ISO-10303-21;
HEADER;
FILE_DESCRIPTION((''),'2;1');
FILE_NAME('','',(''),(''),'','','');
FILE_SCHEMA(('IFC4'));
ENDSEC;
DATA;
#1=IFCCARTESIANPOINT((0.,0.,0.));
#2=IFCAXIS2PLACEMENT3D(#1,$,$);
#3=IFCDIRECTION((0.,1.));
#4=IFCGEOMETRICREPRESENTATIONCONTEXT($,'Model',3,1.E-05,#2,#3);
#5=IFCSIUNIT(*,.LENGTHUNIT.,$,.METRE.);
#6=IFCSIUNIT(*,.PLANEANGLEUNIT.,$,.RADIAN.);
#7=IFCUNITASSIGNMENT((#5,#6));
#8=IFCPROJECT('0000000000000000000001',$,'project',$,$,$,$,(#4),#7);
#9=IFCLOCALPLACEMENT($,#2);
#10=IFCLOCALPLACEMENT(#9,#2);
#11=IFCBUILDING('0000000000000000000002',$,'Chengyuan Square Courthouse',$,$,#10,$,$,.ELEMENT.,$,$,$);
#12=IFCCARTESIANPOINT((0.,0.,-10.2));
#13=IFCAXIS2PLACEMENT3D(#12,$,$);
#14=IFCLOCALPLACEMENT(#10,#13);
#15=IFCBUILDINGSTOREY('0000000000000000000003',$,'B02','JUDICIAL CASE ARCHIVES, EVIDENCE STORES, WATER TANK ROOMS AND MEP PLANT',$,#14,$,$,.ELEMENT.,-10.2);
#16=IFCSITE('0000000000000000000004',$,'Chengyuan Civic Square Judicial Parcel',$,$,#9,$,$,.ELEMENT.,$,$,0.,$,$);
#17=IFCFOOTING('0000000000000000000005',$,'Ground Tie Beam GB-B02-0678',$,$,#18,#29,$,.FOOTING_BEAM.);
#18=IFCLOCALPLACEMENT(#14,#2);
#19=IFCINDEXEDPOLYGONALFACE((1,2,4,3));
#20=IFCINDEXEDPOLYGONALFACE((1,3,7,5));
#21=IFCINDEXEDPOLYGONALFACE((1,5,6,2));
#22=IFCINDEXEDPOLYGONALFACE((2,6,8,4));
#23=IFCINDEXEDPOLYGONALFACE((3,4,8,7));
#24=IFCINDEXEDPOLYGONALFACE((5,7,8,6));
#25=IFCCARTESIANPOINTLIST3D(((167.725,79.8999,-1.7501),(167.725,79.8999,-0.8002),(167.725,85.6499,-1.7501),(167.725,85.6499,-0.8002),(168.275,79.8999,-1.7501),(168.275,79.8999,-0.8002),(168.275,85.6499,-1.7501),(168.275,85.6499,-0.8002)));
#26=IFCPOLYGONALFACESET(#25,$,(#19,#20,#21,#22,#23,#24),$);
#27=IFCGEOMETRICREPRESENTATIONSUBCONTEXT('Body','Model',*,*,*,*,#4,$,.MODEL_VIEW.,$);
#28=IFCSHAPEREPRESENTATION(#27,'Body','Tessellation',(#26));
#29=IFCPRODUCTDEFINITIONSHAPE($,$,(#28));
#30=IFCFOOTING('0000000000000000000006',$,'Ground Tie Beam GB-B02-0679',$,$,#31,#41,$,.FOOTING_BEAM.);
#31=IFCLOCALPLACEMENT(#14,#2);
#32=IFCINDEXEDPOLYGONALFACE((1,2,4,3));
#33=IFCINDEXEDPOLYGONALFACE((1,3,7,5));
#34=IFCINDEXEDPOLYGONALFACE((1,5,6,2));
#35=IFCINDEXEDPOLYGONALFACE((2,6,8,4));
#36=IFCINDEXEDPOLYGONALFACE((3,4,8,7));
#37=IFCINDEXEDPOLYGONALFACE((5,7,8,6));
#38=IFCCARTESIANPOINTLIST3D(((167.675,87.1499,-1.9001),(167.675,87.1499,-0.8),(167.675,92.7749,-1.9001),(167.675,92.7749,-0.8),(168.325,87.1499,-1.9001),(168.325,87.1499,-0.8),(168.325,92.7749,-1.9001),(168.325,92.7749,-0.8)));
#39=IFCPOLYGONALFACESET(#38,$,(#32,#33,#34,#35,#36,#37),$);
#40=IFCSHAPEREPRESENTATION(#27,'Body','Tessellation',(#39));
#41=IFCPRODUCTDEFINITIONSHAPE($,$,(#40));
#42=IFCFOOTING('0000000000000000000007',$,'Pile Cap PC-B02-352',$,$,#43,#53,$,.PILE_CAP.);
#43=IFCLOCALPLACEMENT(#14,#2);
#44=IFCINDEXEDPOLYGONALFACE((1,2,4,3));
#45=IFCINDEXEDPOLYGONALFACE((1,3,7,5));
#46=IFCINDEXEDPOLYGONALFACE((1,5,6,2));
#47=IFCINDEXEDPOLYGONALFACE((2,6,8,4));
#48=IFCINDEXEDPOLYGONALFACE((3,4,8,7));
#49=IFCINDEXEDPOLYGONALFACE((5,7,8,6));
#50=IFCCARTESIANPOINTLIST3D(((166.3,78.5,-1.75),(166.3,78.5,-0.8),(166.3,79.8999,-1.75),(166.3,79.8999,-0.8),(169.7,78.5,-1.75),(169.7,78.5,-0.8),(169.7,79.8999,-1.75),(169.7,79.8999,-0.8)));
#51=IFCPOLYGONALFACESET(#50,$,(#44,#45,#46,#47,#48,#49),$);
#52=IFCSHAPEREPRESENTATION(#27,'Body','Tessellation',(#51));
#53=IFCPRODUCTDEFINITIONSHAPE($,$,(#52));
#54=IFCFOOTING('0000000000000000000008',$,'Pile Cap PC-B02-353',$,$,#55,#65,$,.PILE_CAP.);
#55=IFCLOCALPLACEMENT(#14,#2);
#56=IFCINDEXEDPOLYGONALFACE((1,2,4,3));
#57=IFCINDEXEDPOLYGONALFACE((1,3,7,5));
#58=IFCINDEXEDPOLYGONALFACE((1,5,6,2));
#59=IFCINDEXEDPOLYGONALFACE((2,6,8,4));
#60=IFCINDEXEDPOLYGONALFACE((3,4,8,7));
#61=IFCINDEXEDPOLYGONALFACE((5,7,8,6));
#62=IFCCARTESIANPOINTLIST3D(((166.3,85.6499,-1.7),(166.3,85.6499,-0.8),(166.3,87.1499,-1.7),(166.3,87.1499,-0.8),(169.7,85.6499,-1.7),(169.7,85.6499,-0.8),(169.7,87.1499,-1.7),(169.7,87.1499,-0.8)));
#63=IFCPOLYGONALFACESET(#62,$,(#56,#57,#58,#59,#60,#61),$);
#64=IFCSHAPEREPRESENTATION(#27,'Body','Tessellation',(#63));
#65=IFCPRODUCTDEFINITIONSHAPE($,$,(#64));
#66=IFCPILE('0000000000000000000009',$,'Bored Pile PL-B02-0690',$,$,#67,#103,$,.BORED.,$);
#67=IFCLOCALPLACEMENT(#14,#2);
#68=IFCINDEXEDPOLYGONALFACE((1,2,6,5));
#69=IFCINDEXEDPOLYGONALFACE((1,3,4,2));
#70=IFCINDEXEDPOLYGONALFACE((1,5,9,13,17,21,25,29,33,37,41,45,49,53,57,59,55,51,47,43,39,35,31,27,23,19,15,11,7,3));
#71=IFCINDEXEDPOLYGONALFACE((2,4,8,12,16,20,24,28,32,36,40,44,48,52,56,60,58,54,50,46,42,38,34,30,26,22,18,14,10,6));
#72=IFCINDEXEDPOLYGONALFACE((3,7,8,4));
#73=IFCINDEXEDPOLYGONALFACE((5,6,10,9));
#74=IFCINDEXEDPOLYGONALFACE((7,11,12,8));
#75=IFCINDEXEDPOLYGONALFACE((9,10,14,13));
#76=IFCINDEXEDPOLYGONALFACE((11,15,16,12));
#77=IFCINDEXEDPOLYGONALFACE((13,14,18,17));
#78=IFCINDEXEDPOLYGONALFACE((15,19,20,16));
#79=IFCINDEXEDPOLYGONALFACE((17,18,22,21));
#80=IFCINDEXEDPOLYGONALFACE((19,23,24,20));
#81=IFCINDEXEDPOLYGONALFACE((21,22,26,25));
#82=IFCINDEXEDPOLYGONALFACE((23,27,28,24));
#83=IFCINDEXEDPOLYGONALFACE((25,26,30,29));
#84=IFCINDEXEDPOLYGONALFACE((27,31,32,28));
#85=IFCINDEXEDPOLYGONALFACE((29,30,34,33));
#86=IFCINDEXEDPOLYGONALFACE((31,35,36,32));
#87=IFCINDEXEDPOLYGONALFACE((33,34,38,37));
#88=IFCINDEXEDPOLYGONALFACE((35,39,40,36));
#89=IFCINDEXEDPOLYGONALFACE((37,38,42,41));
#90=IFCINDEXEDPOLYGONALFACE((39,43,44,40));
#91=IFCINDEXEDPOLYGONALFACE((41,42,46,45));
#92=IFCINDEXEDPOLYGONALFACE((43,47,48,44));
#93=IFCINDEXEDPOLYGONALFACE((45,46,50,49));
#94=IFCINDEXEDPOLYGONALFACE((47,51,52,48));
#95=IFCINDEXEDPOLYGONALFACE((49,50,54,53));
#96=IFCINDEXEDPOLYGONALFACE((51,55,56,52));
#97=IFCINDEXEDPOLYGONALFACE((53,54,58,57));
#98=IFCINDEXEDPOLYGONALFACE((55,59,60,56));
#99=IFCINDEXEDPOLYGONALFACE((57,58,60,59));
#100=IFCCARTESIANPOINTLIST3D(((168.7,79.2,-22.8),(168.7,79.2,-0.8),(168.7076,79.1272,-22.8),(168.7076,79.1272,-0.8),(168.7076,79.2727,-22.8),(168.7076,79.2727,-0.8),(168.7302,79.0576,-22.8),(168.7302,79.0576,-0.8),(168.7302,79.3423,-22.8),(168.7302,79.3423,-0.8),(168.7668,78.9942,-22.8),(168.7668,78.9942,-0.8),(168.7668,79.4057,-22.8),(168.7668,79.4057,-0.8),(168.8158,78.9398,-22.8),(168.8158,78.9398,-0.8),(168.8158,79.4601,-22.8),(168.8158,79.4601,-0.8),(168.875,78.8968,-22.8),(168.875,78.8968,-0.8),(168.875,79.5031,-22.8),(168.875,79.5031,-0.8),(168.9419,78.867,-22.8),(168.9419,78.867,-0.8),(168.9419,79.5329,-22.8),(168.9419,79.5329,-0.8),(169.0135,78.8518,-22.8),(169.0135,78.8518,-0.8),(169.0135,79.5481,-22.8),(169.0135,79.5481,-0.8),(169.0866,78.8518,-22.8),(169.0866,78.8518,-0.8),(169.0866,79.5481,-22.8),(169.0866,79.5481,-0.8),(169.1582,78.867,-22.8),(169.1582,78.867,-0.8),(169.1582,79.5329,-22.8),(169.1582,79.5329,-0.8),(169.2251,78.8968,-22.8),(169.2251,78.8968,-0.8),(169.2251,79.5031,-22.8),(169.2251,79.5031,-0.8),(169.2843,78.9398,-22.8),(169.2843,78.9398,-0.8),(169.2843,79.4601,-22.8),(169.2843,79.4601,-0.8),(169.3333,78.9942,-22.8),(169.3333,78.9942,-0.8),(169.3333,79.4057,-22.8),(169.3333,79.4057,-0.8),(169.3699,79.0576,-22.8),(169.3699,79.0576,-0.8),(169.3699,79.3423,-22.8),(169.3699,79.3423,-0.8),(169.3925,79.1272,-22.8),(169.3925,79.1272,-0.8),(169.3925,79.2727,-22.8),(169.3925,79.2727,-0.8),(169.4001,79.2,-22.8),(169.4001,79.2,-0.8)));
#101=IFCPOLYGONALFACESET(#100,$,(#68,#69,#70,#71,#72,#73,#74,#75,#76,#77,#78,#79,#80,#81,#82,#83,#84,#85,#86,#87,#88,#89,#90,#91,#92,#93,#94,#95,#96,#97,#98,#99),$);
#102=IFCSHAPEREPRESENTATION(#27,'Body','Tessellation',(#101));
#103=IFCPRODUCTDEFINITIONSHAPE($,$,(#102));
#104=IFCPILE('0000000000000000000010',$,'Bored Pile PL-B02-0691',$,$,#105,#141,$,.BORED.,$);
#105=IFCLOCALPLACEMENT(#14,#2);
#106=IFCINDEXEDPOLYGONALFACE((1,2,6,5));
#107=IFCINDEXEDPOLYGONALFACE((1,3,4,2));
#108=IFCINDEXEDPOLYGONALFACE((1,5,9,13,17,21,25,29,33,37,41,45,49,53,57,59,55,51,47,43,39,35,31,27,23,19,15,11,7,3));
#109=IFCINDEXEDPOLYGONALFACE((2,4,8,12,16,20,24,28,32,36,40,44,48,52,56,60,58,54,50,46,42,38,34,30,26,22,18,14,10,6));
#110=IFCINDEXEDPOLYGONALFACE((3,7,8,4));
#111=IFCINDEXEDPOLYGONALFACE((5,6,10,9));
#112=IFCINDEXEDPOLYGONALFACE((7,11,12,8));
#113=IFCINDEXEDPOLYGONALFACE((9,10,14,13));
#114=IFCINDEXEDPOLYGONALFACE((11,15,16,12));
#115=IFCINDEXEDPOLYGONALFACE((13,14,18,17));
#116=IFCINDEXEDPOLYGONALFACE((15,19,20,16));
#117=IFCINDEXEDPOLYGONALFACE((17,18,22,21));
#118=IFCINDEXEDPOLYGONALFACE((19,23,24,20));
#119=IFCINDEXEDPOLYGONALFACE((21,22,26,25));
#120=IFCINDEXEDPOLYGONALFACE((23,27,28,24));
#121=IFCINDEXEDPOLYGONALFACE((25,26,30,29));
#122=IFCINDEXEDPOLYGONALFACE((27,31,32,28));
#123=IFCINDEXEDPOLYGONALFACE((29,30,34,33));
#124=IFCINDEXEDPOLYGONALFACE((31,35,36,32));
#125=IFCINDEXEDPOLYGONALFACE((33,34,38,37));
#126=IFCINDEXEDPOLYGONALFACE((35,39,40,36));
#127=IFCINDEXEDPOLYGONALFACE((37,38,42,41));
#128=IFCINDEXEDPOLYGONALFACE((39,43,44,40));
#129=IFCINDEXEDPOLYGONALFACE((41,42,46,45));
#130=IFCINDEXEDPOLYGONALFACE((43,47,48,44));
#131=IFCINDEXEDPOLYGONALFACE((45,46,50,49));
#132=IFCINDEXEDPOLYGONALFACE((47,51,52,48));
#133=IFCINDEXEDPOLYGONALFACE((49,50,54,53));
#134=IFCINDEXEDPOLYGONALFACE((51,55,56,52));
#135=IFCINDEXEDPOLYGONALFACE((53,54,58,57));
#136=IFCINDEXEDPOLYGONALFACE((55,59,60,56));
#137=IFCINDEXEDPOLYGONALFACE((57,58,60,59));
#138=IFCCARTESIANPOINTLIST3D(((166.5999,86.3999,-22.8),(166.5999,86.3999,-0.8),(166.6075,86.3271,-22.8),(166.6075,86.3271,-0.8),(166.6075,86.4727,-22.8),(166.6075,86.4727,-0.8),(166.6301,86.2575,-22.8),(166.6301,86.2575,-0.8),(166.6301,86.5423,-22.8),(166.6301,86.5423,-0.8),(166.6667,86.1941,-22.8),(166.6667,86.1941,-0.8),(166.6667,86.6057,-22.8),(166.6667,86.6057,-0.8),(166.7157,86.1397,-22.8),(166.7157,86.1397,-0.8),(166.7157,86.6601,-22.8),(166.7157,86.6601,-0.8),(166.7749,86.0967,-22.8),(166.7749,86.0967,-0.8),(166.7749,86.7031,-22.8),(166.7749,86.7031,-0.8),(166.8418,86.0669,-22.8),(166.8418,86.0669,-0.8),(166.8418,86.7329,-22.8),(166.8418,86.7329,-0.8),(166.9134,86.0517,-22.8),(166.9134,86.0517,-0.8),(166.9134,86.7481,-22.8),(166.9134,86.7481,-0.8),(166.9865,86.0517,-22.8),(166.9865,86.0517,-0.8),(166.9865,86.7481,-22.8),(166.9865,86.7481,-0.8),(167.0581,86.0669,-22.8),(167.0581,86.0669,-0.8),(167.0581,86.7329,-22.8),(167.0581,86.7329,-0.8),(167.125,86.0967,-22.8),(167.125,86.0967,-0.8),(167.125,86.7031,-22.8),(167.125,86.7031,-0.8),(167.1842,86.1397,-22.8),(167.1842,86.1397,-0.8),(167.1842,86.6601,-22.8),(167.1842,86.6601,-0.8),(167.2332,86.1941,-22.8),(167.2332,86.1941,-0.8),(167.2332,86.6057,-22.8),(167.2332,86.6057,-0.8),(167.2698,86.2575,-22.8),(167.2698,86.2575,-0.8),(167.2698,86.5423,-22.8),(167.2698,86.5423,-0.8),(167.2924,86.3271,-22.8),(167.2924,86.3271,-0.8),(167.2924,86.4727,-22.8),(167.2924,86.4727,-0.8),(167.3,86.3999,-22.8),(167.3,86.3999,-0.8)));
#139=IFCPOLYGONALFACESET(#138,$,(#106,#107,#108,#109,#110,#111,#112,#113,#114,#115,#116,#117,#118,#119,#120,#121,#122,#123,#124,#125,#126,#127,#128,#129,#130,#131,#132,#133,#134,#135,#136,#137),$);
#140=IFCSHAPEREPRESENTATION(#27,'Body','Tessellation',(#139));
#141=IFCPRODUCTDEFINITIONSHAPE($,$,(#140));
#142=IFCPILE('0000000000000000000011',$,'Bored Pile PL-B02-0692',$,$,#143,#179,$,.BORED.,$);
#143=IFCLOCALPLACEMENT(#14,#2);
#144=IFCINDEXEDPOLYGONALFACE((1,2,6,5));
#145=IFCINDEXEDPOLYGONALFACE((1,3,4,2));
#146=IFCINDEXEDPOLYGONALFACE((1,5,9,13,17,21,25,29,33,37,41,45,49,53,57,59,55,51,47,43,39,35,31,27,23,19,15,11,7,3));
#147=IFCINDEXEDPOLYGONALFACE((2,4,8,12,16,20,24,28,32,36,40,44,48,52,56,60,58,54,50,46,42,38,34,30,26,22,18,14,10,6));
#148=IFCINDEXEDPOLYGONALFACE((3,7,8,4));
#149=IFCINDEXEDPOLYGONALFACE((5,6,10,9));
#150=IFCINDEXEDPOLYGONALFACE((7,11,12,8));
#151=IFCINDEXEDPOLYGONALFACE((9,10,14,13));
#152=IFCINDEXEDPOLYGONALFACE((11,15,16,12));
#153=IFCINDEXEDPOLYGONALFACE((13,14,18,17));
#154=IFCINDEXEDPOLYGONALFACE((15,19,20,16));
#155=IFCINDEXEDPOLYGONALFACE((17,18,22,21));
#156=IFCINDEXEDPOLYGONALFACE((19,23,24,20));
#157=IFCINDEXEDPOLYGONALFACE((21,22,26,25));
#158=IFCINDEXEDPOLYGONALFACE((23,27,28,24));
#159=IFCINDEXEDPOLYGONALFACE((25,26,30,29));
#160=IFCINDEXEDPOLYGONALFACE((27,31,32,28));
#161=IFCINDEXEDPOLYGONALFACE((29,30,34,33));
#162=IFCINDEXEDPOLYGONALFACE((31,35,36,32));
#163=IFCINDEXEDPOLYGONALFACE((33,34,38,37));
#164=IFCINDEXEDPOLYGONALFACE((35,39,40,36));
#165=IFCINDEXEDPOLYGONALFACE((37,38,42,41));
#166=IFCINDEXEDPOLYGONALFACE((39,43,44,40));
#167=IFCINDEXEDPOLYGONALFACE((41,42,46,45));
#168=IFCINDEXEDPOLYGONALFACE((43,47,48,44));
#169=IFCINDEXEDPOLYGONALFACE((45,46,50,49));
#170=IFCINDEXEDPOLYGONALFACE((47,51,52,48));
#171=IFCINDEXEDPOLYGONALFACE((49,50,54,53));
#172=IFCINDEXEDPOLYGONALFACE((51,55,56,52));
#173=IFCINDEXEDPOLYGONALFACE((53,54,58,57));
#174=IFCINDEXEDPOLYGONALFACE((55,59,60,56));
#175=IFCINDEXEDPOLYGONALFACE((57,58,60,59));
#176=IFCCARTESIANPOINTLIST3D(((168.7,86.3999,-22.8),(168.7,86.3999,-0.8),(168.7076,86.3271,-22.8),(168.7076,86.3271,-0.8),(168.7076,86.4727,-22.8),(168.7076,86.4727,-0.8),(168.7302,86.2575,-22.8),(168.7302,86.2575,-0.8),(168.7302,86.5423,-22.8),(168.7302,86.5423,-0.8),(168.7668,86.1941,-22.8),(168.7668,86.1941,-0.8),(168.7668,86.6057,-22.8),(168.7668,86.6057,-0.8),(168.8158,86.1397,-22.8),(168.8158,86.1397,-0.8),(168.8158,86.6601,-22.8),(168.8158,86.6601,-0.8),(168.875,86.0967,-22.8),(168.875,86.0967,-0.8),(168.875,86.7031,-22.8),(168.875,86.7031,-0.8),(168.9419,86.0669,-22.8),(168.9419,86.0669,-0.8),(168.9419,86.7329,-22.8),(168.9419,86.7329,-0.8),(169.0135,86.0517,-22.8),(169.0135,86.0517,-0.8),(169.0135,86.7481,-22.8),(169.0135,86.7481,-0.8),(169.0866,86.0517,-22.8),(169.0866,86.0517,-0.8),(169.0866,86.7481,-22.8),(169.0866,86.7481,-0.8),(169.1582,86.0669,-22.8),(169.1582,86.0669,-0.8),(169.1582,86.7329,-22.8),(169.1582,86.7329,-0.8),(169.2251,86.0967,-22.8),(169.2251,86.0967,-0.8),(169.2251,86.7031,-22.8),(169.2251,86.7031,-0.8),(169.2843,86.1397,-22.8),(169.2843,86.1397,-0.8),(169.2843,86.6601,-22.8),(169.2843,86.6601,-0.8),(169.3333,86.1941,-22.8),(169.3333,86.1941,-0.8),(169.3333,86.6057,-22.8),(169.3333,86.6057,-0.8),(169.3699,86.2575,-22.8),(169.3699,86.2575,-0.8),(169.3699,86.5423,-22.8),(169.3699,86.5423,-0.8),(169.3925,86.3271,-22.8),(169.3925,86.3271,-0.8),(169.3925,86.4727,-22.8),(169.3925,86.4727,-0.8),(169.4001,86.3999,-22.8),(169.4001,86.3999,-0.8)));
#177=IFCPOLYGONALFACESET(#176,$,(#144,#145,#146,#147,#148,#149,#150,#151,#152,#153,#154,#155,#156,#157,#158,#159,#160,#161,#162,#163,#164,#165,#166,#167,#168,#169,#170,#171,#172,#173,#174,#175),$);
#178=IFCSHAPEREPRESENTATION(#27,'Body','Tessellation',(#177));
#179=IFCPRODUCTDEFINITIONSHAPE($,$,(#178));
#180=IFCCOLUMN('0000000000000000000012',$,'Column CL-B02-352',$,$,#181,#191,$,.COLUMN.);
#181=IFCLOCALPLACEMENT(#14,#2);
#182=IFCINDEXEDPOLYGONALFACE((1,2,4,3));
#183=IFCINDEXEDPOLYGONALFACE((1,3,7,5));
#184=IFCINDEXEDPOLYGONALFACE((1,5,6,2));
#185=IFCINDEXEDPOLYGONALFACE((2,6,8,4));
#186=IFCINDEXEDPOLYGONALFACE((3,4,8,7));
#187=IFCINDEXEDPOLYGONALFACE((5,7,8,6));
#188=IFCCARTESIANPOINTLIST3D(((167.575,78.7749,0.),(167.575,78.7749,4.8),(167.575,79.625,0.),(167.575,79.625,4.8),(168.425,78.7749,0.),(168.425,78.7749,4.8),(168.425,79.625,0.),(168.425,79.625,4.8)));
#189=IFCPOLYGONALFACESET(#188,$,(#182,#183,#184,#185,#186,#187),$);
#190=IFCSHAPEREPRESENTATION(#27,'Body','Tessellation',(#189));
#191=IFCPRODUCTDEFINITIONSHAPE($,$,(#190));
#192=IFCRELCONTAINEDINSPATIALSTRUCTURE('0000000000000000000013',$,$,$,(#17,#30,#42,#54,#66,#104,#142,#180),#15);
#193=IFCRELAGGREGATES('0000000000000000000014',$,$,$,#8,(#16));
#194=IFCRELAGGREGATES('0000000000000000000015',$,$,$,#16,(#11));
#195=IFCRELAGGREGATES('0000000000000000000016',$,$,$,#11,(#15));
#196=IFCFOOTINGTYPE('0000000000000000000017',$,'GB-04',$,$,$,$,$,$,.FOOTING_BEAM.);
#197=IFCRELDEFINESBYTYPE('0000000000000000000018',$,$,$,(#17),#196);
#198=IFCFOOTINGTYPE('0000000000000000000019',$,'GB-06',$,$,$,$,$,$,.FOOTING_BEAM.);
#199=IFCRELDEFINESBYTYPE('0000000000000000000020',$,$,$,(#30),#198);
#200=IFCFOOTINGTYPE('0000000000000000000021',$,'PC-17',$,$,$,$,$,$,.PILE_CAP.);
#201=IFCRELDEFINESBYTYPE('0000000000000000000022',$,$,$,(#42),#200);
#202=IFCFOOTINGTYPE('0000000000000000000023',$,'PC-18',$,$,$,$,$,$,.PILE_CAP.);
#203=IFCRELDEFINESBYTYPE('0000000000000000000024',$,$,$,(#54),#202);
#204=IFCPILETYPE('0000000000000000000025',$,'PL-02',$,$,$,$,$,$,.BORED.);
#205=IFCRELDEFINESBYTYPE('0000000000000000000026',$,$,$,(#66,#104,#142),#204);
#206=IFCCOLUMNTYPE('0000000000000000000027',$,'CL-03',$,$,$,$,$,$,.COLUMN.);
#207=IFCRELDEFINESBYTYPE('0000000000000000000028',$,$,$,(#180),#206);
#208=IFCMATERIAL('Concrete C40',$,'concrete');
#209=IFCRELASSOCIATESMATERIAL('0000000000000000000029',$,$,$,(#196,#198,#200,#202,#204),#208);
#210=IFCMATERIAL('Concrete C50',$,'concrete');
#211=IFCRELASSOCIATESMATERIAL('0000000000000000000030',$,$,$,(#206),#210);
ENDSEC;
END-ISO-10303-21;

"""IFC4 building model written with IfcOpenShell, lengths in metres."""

from ifc_helpers import new_model, si_unit, direction, frame, origin, origin_2d, place, context, subcontext, project, spatial, rectangle, circle, extrude, material, material_profile, profile_set, type_object, element, save


model = new_model("IFC4")

# Units and contexts
model_context = context("Model", 3, precision=1e-05, world=origin(), true_north=direction((0.0, 1.0)))
body_context = subcontext(model_context, "Body", "Model", "MODEL_VIEW")
ifc_project = project(units=[si_unit("LENGTHUNIT", "METRE"), si_unit("PLANEANGLEUNIT", "RADIAN")], contexts=[model_context])

# Site, building, storey
site_placement = place(None, origin())
site = spatial("IfcSite", under=ifc_project, at=site_placement, Name="Chengyuan Civic Square Judicial Parcel", CompositionType="ELEMENT", RefElevation=0.0)
building_placement = place(site_placement, origin())
building = spatial("IfcBuilding", under=site, at=building_placement, Name="Chengyuan Square Courthouse", CompositionType="ELEMENT")
storey_placement = place(building_placement, frame((0.0, 0.0, -10.2)))
storey = spatial("IfcBuildingStorey", under=building, at=storey_placement, Name="B02", Description="JUDICIAL CASE ARCHIVES, EVIDENCE STORES, WATER TANK ROOMS AND MEP PLANT", CompositionType="ELEMENT", Elevation=-10.2)

# Footings
ifc_material_1 = material(Name="Concrete C40", Category="concrete")
ifc_material_profile_1 = material_profile(ifc_material_1, rectangle(XDim=0.55, YDim=0.95, at=origin_2d()), Name="GB-550x950")
ifc_profile_set_1 = profile_set([ifc_material_profile_1], Name="Concrete C40")
footing_type_1 = type_object("IfcFootingType", Name="GB-04", PredefinedType="FOOTING_BEAM", material=ifc_profile_set_1)
footing_1_placement = place(storey_placement, frame((168.0, 79.8999, -1.2751), z_axis=(0.0, 1.0, 0.0), x_axis=(-1.0, 0.0, 0.0)))
element("IfcFooting", 1, at=footing_1_placement, inside=storey, type_object=footing_type_1, Name="Ground Tie Beam GB-B02-0678", PredefinedType="FOOTING_BEAM", context=body_context, shape_type="SweptSolid", body=[
    extrude(rectangle(XDim=0.55, YDim=0.95, at=origin_2d()), origin(), (0.0, 0.0, 1.0), 5.75),
])
ifc_material_profile_2 = material_profile(ifc_material_1, rectangle(XDim=0.6499, YDim=1.1001, at=origin_2d()), Name="GB-650x1100")
ifc_profile_set_2 = profile_set([ifc_material_profile_2], Name="Concrete C40")
footing_type_2 = type_object("IfcFootingType", Name="GB-06", PredefinedType="FOOTING_BEAM", material=ifc_profile_set_2)
footing_2_placement = place(storey_placement, frame((168.0, 87.1499, -1.3501), z_axis=(0.0, 1.0, 0.0), x_axis=(-1.0, 0.0, 0.0)))
element("IfcFooting", 2, at=footing_2_placement, inside=storey, type_object=footing_type_2, Name="Ground Tie Beam GB-B02-0679", PredefinedType="FOOTING_BEAM", context=body_context, shape_type="SweptSolid", body=[
    extrude(rectangle(XDim=0.6499, YDim=1.1001, at=origin_2d()), origin(), (0.0, 0.0, 1.0), 5.625),
])
footing_type_3 = type_object("IfcFootingType", Name="PC-17", PredefinedType="PILE_CAP", material=ifc_material_1)
footing_3_placement = place(storey_placement, frame((168.0, 79.2, -1.75), z_axis=(0.0, 0.0, 1.0), x_axis=(1.0, 0.0, 0.0)))
element("IfcFooting", 3, at=footing_3_placement, inside=storey, type_object=footing_type_3, Name="Pile Cap PC-B02-352", PredefinedType="PILE_CAP", context=body_context, shape_type="SweptSolid", body=[
    extrude(rectangle(XDim=3.3999, YDim=1.3999, at=origin_2d()), origin(), (0.0, 0.0, 1.0), 0.95),
])
footing_type_4 = type_object("IfcFootingType", Name="PC-18", PredefinedType="PILE_CAP", material=ifc_material_1)
footing_4_placement = place(storey_placement, frame((168.0, 86.3999, -1.7), z_axis=(0.0, 0.0, 1.0), x_axis=(1.0, 0.0, 0.0)))
element("IfcFooting", 4, at=footing_4_placement, inside=storey, type_object=footing_type_4, Name="Pile Cap PC-B02-353", PredefinedType="PILE_CAP", context=body_context, shape_type="SweptSolid", body=[
    extrude(rectangle(XDim=3.3999, YDim=1.5, at=origin_2d()), origin(), (0.0, 0.0, 1.0), 0.8999),
])

# Piles
ifc_material_profile_3 = material_profile(ifc_material_1, circle(Radius=0.3501, at=origin_2d()), Name="BORED PILE D700")
ifc_profile_set_3 = profile_set([ifc_material_profile_3], Name="Concrete C40")
pile_type = type_object("IfcPileType", Name="PL-02", PredefinedType="BORED", material=ifc_profile_set_3)
for number, where, z_axis, x_axis, name in (
    (5, (169.05, 79.2, -0.8), (0.0, 0.0, -1.0), (1.0, 0.0, 0.0), "Bored Pile PL-B02-0690"),
    (6, (166.95, 86.3999, -0.8), (0.0, 0.0, -1.0), (1.0, 0.0, 0.0), "Bored Pile PL-B02-0691"),
    (7, (169.05, 86.3999, -0.8), (0.0, 0.0, -1.0), (1.0, 0.0, 0.0), "Bored Pile PL-B02-0692"),
):
    element("IfcPile", number, at=place(storey_placement, frame(where, z_axis=z_axis, x_axis=x_axis)), inside=storey, type_object=pile_type, Name=name, PredefinedType="BORED", context=body_context, shape_type="SweptSolid", body=[
        extrude(circle(Radius=0.3501, at=origin_2d()), origin(), (0.0, 0.0, 1.0), 22.0),
    ])

# Column
ifc_material_2 = material(Name="Concrete C50", Category="concrete")
ifc_material_profile_4 = material_profile(ifc_material_2, rectangle(XDim=0.8501, YDim=0.8501, at=origin_2d()), Name="RC-COL-850x850")
ifc_profile_set_4 = profile_set([ifc_material_profile_4], Name="Concrete C50")
column_type = type_object("IfcColumnType", Name="CL-03", PredefinedType="COLUMN", material=ifc_profile_set_4)
for number, where, z_axis, x_axis, name in (
    (8, (168.0, 79.2, 0.0), (0.0, 0.0, 1.0), (1.0, 0.0, 0.0), "Column CL-B02-352"),
):
    element("IfcColumn", number, at=place(storey_placement, frame(where, z_axis=z_axis, x_axis=x_axis)), inside=storey, type_object=column_type, Name=name, PredefinedType="COLUMN", context=body_context, shape_type="SweptSolid", body=[
        extrude(rectangle(XDim=0.8501, YDim=0.8501, at=origin_2d()), origin(), (0.0, 0.0, 1.0), 4.8),
    ])

save(model, "model.ifc")
